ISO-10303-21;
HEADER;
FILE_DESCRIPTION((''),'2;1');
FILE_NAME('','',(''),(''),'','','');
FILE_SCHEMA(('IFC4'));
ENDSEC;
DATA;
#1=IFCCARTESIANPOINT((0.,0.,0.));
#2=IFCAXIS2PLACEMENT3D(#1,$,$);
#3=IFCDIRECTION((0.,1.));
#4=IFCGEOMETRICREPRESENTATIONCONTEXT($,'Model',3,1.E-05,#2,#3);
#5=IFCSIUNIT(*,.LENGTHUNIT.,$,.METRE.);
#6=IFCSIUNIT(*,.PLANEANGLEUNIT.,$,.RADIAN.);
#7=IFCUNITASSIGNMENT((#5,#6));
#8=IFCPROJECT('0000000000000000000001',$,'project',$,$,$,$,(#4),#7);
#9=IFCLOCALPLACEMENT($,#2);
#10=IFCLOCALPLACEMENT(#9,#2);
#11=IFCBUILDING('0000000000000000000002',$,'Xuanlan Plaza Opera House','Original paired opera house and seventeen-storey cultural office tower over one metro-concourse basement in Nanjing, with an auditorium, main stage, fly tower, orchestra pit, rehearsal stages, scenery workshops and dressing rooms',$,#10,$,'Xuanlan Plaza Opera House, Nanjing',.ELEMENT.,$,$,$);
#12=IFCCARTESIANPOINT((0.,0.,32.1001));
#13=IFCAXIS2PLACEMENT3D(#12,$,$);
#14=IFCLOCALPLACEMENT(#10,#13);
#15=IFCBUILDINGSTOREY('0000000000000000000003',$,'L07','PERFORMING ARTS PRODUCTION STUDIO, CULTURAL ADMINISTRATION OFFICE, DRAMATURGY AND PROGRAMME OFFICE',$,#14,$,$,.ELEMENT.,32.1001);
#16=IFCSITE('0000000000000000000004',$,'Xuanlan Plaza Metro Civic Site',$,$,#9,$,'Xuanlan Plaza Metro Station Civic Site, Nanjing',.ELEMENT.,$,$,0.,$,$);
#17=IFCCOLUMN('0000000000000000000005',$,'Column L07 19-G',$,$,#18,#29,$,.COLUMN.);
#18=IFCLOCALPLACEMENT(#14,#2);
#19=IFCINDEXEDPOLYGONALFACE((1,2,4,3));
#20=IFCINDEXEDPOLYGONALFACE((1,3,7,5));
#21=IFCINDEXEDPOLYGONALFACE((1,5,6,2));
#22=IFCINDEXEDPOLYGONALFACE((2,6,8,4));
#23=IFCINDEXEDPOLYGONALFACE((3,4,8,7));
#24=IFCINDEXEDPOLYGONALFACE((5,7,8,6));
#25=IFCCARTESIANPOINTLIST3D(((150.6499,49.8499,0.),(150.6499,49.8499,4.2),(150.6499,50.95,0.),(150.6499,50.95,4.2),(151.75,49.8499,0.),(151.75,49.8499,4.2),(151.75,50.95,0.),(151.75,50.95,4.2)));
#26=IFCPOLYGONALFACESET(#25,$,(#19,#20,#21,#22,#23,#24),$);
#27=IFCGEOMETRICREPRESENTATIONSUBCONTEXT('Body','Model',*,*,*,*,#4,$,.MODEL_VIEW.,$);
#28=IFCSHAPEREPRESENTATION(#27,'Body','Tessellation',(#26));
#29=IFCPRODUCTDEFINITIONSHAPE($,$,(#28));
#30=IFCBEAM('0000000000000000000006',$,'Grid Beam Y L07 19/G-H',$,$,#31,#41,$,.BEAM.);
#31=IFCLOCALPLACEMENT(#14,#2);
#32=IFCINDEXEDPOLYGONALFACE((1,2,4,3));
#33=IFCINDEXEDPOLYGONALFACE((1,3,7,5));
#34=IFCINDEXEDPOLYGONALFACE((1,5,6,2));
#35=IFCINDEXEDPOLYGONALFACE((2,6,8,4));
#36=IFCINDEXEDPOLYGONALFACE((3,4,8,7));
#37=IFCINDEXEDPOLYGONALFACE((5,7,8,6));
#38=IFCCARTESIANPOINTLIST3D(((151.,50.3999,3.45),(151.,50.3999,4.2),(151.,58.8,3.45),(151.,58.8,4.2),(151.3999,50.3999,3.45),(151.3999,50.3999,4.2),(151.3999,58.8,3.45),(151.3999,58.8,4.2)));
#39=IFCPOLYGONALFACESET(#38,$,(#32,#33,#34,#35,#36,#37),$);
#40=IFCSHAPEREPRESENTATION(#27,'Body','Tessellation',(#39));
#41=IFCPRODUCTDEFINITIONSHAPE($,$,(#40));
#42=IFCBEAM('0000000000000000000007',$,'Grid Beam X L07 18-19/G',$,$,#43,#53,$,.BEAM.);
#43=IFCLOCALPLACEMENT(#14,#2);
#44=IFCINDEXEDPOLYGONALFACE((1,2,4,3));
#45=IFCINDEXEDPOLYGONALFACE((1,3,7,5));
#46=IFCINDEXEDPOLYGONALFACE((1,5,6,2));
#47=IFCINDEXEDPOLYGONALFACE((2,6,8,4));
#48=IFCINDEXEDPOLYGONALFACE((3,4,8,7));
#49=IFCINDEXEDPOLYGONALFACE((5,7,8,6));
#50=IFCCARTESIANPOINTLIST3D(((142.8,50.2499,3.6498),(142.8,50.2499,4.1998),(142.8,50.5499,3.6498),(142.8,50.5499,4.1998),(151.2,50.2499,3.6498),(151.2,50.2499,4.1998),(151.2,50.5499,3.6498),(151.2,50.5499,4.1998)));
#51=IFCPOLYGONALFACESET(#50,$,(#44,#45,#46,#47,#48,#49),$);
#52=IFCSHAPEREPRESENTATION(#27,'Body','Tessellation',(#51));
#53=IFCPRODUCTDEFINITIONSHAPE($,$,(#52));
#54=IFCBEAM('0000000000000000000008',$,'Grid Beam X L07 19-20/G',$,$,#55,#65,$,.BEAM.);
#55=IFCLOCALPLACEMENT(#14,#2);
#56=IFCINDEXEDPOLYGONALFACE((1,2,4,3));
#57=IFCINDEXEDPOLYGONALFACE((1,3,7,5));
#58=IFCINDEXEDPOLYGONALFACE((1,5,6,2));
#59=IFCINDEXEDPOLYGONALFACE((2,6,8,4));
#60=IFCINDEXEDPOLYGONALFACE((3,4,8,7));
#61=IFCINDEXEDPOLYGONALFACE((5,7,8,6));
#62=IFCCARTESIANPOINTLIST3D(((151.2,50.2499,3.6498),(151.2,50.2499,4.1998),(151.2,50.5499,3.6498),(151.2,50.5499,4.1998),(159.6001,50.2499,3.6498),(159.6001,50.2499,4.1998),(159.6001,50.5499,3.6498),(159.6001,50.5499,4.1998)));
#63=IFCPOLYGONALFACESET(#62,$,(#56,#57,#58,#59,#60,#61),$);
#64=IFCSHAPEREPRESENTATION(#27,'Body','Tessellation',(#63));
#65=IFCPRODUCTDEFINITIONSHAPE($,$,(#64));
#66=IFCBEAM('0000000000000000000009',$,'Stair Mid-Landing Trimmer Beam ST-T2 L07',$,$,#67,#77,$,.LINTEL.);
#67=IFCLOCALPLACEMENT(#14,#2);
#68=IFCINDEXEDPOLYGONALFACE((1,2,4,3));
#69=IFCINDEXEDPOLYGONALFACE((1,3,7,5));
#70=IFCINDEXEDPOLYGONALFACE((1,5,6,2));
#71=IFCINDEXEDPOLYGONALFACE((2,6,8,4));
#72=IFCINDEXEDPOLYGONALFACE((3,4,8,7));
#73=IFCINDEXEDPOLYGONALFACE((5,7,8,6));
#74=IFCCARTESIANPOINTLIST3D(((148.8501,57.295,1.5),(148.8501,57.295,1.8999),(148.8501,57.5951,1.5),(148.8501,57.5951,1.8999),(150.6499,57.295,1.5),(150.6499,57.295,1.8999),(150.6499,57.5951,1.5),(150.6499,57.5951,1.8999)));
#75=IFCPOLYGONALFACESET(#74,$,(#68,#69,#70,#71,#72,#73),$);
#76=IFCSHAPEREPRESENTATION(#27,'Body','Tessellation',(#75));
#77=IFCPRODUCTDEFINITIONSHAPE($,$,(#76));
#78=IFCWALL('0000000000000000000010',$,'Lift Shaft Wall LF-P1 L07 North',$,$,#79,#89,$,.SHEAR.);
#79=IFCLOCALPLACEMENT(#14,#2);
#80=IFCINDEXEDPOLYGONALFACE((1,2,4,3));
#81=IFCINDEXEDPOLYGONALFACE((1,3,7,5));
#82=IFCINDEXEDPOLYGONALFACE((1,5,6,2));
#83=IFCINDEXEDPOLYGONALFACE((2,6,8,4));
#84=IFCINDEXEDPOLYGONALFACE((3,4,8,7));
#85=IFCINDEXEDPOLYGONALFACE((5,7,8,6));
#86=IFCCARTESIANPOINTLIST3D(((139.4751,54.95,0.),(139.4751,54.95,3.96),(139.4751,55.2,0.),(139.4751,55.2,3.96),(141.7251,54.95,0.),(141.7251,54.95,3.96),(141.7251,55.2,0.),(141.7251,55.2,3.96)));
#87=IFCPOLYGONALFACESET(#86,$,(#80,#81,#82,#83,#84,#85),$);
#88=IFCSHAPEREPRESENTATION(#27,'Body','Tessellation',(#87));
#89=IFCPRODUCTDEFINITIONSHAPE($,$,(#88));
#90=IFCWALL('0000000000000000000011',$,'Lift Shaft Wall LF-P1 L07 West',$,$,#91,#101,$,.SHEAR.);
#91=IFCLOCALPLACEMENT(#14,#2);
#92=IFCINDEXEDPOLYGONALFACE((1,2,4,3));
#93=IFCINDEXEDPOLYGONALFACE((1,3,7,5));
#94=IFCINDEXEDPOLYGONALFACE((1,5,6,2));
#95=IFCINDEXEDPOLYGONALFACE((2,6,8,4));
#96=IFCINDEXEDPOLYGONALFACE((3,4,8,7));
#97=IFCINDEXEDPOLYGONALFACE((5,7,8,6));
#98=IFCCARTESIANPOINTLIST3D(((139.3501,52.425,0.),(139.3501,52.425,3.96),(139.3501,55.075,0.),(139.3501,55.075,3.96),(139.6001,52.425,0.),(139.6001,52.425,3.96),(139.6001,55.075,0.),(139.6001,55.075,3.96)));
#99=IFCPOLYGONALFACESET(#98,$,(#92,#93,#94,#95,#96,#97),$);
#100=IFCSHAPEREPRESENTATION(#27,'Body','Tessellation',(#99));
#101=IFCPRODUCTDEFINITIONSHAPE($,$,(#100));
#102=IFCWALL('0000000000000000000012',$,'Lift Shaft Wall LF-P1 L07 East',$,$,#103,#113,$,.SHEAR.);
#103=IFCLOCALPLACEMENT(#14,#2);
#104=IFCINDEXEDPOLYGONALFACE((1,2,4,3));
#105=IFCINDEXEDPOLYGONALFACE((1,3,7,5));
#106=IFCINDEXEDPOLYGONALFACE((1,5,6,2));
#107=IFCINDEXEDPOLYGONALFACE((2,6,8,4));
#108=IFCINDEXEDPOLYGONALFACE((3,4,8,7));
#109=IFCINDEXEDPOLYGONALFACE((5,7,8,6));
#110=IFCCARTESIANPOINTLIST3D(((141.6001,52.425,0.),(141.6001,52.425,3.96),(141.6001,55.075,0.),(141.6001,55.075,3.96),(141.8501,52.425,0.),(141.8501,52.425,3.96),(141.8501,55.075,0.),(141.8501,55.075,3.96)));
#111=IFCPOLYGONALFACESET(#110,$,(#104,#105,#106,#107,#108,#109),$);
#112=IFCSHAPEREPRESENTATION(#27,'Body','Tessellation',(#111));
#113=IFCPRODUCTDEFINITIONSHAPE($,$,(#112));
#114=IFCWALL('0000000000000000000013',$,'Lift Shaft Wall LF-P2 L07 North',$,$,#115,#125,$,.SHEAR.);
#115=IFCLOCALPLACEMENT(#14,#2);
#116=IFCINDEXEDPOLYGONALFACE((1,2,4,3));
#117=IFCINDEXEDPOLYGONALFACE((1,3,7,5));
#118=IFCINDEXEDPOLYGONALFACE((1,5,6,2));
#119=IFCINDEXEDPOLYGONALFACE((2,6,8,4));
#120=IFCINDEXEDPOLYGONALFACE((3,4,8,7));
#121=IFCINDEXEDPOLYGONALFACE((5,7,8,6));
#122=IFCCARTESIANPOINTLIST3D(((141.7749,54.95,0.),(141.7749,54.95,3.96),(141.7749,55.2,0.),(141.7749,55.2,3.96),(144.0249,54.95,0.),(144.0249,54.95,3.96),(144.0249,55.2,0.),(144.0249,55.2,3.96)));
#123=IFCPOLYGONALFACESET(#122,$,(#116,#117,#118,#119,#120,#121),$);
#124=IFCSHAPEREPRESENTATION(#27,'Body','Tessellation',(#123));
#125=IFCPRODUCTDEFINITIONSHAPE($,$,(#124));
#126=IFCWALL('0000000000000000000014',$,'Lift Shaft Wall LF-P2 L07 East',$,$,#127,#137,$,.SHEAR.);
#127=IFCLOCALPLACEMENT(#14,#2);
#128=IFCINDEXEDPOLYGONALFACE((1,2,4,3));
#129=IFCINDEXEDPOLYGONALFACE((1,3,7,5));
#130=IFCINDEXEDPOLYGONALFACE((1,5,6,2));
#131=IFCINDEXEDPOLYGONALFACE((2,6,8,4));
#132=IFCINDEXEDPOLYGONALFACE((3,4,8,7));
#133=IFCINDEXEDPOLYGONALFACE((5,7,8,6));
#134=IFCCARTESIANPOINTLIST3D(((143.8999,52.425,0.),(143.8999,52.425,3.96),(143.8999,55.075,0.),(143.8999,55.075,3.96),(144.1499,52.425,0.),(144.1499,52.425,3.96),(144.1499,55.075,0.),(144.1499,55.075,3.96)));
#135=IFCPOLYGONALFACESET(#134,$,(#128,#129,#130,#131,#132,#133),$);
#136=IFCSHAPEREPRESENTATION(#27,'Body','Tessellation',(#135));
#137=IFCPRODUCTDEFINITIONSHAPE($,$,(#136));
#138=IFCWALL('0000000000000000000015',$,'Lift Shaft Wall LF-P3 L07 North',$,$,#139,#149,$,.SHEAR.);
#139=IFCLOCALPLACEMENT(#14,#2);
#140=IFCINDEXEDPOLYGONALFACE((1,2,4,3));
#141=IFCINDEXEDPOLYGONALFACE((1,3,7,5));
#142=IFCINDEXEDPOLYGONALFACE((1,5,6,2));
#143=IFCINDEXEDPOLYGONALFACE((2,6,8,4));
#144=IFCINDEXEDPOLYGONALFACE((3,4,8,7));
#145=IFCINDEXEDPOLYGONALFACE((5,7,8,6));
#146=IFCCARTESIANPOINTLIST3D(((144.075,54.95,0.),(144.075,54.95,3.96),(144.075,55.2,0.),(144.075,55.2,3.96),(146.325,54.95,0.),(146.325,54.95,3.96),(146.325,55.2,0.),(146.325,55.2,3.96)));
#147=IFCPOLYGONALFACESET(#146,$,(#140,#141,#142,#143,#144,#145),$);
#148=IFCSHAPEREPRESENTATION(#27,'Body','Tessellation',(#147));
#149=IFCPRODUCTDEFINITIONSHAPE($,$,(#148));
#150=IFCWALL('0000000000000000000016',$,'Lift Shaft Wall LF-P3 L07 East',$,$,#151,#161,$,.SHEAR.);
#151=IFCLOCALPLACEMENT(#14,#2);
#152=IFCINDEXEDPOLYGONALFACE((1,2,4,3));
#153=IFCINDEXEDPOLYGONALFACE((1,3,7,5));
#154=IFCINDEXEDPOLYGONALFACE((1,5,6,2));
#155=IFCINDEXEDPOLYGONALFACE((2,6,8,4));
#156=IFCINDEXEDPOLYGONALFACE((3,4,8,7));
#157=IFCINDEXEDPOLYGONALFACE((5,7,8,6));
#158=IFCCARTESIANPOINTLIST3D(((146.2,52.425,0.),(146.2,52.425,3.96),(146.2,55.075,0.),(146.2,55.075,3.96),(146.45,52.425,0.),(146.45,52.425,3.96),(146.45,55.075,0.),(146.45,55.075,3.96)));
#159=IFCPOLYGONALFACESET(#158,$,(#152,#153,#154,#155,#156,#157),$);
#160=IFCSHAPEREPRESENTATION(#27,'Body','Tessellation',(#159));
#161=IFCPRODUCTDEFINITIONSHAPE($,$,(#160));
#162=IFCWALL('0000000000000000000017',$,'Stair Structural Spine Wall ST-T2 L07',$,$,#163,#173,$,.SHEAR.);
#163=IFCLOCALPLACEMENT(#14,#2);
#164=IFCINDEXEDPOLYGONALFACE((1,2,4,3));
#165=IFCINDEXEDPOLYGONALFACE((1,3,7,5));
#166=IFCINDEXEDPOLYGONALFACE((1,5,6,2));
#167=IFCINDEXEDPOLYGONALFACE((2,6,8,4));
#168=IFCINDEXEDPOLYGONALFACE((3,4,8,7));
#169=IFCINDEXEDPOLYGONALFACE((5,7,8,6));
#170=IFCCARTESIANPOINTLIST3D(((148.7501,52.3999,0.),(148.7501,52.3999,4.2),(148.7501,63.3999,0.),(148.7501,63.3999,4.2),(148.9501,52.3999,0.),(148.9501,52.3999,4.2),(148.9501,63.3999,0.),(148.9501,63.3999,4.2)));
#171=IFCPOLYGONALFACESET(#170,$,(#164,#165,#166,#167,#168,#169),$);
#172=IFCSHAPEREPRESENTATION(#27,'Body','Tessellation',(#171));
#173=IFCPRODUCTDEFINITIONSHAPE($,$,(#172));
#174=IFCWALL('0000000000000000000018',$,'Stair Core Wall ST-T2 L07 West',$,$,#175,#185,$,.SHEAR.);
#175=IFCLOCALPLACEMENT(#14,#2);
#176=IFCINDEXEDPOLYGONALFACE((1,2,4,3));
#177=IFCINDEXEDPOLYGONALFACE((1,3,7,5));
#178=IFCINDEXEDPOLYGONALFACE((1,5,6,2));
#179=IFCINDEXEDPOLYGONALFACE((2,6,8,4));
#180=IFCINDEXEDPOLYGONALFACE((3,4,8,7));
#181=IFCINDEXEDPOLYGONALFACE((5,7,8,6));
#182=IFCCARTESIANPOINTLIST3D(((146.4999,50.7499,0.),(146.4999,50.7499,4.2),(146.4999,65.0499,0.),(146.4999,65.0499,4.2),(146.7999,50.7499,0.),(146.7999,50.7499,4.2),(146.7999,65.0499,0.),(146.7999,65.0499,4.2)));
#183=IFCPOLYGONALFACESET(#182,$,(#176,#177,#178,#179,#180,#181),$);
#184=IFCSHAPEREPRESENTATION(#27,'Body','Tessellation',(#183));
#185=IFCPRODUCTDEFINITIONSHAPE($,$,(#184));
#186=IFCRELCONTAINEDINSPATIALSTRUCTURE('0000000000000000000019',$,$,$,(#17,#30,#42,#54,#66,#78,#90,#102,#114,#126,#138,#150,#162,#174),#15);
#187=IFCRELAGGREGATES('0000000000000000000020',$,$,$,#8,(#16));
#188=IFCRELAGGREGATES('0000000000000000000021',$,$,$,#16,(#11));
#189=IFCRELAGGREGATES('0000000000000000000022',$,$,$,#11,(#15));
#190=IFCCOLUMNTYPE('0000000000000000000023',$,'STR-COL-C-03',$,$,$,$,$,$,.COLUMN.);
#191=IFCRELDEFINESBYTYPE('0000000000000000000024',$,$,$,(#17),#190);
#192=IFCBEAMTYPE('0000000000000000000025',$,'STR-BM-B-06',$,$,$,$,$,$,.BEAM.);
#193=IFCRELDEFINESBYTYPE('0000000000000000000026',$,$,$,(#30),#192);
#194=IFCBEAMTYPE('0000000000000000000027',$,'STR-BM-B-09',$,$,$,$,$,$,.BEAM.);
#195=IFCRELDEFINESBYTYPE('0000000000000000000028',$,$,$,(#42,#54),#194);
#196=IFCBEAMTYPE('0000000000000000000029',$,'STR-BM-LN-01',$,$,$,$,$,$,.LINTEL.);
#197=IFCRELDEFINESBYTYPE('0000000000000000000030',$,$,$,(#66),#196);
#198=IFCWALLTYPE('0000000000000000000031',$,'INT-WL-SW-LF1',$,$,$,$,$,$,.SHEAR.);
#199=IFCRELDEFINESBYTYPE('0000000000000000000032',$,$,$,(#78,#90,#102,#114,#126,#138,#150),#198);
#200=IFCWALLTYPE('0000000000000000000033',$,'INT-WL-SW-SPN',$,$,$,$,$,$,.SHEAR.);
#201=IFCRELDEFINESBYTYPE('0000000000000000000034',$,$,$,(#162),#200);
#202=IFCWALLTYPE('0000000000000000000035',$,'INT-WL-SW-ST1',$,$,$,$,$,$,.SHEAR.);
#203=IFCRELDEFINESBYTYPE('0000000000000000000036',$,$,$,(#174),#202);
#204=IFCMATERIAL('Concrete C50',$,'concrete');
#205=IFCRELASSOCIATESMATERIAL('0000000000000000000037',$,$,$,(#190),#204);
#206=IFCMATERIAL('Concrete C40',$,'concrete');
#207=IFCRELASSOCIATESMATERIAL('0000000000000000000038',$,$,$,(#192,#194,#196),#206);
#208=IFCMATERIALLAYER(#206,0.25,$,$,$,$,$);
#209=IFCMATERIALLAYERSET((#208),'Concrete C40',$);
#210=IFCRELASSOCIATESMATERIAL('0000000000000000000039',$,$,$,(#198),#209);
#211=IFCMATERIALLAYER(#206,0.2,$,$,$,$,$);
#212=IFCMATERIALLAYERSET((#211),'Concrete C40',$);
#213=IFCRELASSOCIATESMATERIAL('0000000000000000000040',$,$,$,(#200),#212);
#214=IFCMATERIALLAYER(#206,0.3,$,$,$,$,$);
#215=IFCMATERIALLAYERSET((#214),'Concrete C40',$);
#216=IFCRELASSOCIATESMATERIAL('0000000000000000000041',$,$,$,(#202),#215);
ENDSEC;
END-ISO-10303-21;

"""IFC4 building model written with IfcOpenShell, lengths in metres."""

from ifc_helpers import new_model, si_unit, direction, frame, frame_2d, origin, origin_2d, place, context, subcontext, project, spatial, rectangle, extrude, material, layer, layer_set, material_profile, profile_set, type_object, element, save


model = new_model("IFC4")

# Units and contexts
model_context = context("Model", 3, precision=1e-05, world=origin(), true_north=direction((0.0, 1.0)))
body_context = subcontext(model_context, "Body", "Model", "MODEL_VIEW")
ifc_project = project(units=[si_unit("LENGTHUNIT", "METRE"), si_unit("PLANEANGLEUNIT", "RADIAN")], contexts=[model_context])

# Site, building, storey
site_placement = place(None, origin())
site = spatial("IfcSite", under=ifc_project, at=site_placement, Name="Xuanlan Plaza Metro Civic Site", LongName="Xuanlan Plaza Metro Station Civic Site, Nanjing", CompositionType="ELEMENT", RefElevation=0.0)
building_placement = place(site_placement, origin())
building = spatial("IfcBuilding", under=site, at=building_placement, Name="Xuanlan Plaza Opera House", Description="Original paired opera house and seventeen-storey cultural office tower over one metro-concourse basement in Nanjing, with an auditorium, main stage, fly tower, orchestra pit, rehearsal stages, scenery workshops and dressing rooms", LongName="Xuanlan Plaza Opera House, Nanjing", CompositionType="ELEMENT")
storey_placement = place(building_placement, frame((0.0, 0.0, 32.1001)))
storey = spatial("IfcBuildingStorey", under=building, at=storey_placement, Name="L07", Description="PERFORMING ARTS PRODUCTION STUDIO, CULTURAL ADMINISTRATION OFFICE, DRAMATURGY AND PROGRAMME OFFICE", CompositionType="ELEMENT", Elevation=32.1001)

# Column
ifc_material_1 = material(Name="Concrete C50", Category="concrete")
ifc_material_profile_1 = material_profile(ifc_material_1, rectangle(XDim=1.1001, YDim=1.1001, at=origin_2d()), Name="RC-COL 1100x1100")
ifc_profile_set_1 = profile_set([ifc_material_profile_1], Name="Concrete C50")
column_type = type_object("IfcColumnType", Name="STR-COL-C-03", PredefinedType="COLUMN", material=ifc_profile_set_1)
column_placement = place(storey_placement, frame((151.2, 50.3999, 0.0), z_axis=(0.0, 0.0, 1.0), x_axis=(1.0, 0.0, 0.0)))
element("IfcColumn", 1, at=column_placement, inside=storey, type_object=column_type, Name="Column L07 19-G", PredefinedType="COLUMN", context=body_context, shape_type="SweptSolid", body=[
    extrude(rectangle(XDim=1.1001, YDim=1.1001, at=origin_2d()), origin(), (0.0, 0.0, 1.0), 4.2),
])

# Beams
ifc_material_2 = material(Name="Concrete C40", Category="concrete")
ifc_material_profile_2 = material_profile(ifc_material_2, rectangle(XDim=0.3999, YDim=0.75, at=origin_2d()), Name="RC-BM 400x750")
ifc_profile_set_2 = profile_set([ifc_material_profile_2], Name="Concrete C40")
beam_type_1 = type_object("IfcBeamType", Name="STR-BM-B-06", PredefinedType="BEAM", material=ifc_profile_set_2)
beam_1_placement = place(storey_placement, frame((151.2, 50.3999, 3.825), z_axis=(0.0, 1.0, 0.0), x_axis=(-1.0, 0.0, 0.0)))
element("IfcBeam", 2, at=beam_1_placement, inside=storey, type_object=beam_type_1, Name="Grid Beam Y L07 19/G-H", PredefinedType="BEAM", context=body_context, shape_type="SweptSolid", body=[
    extrude(rectangle(XDim=0.3999, YDim=0.75, at=origin_2d()), origin(), (0.0, 0.0, 1.0), 8.4001),
])
ifc_material_profile_3 = material_profile(ifc_material_2, rectangle(XDim=0.3, YDim=0.55, at=origin_2d()), Name="RC-BM 300x550")
ifc_profile_set_3 = profile_set([ifc_material_profile_3], Name="Concrete C40")
beam_type_2 = type_object("IfcBeamType", Name="STR-BM-B-09", PredefinedType="BEAM", material=ifc_profile_set_3)
beam_2_placement = place(storey_placement, frame((142.8, 50.3999, 3.9248), z_axis=(1.0, 0.0, 0.0), x_axis=(0.0, 1.0, 0.0)))
element("IfcBeam", 3, at=beam_2_placement, inside=storey, type_object=beam_type_2, Name="Grid Beam X L07 18-19/G", PredefinedType="BEAM", context=body_context, shape_type="SweptSolid", body=[
    extrude(rectangle(XDim=0.3, YDim=0.55, at=origin_2d()), origin(), (0.0, 0.0, 1.0), 8.3999),
])
beam_3_placement = place(storey_placement, frame((151.2, 50.3999, 3.9248), z_axis=(1.0, 0.0, 0.0), x_axis=(0.0, 1.0, 0.0)))
element("IfcBeam", 4, at=beam_3_placement, inside=storey, type_object=beam_type_2, Name="Grid Beam X L07 19-20/G", PredefinedType="BEAM", context=body_context, shape_type="SweptSolid", body=[
    extrude(rectangle(XDim=0.3, YDim=0.55, at=origin_2d()), origin(), (0.0, 0.0, 1.0), 8.4001),
])
ifc_material_profile_4 = material_profile(ifc_material_2, rectangle(XDim=0.3, YDim=0.3999, at=origin_2d()), Name="RC-LNT 300x400")
ifc_profile_set_4 = profile_set([ifc_material_profile_4], Name="Concrete C40")
beam_type_3 = type_object("IfcBeamType", Name="STR-BM-LN-01", PredefinedType="LINTEL", material=ifc_profile_set_4)
beam_4_placement = place(storey_placement, frame((148.8501, 57.4451, 1.7), z_axis=(1.0, 0.0, 0.0), x_axis=(0.0, 1.0, 0.0)))
element("IfcBeam", 5, at=beam_4_placement, inside=storey, type_object=beam_type_3, Name="Stair Mid-Landing Trimmer Beam ST-T2 L07", PredefinedType="LINTEL", context=body_context, shape_type="SweptSolid", body=[
    extrude(rectangle(XDim=0.3, YDim=0.3999, at=origin_2d()), origin(), (0.0, 0.0, 1.0), 1.7998),
])

# Walls
ifc_layer_1 = layer(ifc_material_2, 0.25)
ifc_layer_set_1 = layer_set([ifc_layer_1], Name="Concrete C40")
wall_type_1 = type_object("IfcWallType", Name="INT-WL-SW-LF1", PredefinedType="SHEAR", material=ifc_layer_set_1)
wall_1_placement = place(storey_placement, frame((139.4751, 55.075, 0.0), z_axis=(0.0, 0.0, 1.0), x_axis=(1.0, 0.0, 0.0)))
element("IfcWall", 6, at=wall_1_placement, inside=storey, type_object=wall_type_1, Name="Lift Shaft Wall LF-P1 L07 North", PredefinedType="SHEAR", context=body_context, shape_type="SweptSolid", body=[
    extrude(rectangle(XDim=2.25, YDim=0.25, at=frame_2d((1.125, 0.0))), origin(), (0.0, 0.0, 1.0), 3.96),
])
for number, where, z_axis, x_axis, name in (
    (7, (139.4751, 52.425, 0.0), (0.0, 0.0, 1.0), (0.0, 1.0, 0.0), "Lift Shaft Wall LF-P1 L07 West"),
    (8, (141.7251, 52.425, 0.0), (0.0, 0.0, 1.0), (0.0, 1.0, 0.0), "Lift Shaft Wall LF-P1 L07 East"),
):
    element("IfcWall", number, at=place(storey_placement, frame(where, z_axis=z_axis, x_axis=x_axis)), inside=storey, type_object=wall_type_1, Name=name, PredefinedType="SHEAR", context=body_context, shape_type="SweptSolid", body=[
        extrude(rectangle(XDim=2.6499, YDim=0.25, at=frame_2d((1.325, 0.0))), origin(), (0.0, 0.0, 1.0), 3.96),
    ])

# Walls
wall_2_placement = place(storey_placement, frame((141.7749, 55.075, 0.0), z_axis=(0.0, 0.0, 1.0), x_axis=(1.0, 0.0, 0.0)))
element("IfcWall", 9, at=wall_2_placement, inside=storey, type_object=wall_type_1, Name="Lift Shaft Wall LF-P2 L07 North", PredefinedType="SHEAR", context=body_context, shape_type="SweptSolid", body=[
    extrude(rectangle(XDim=2.25, YDim=0.25, at=frame_2d((1.125, 0.0))), origin(), (0.0, 0.0, 1.0), 3.96),
])
wall_3_placement = place(storey_placement, frame((144.0249, 52.425, 0.0), z_axis=(0.0, 0.0, 1.0), x_axis=(0.0, 1.0, 0.0)))
element("IfcWall", 10, at=wall_3_placement, inside=storey, type_object=wall_type_1, Name="Lift Shaft Wall LF-P2 L07 East", PredefinedType="SHEAR", context=body_context, shape_type="SweptSolid", body=[
    extrude(rectangle(XDim=2.6499, YDim=0.25, at=frame_2d((1.325, 0.0))), origin(), (0.0, 0.0, 1.0), 3.96),
])

# Walls
wall_4_placement = place(storey_placement, frame((144.075, 55.075, 0.0), z_axis=(0.0, 0.0, 1.0), x_axis=(1.0, 0.0, 0.0)))
element("IfcWall", 11, at=wall_4_placement, inside=storey, type_object=wall_type_1, Name="Lift Shaft Wall LF-P3 L07 North", PredefinedType="SHEAR", context=body_context, shape_type="SweptSolid", body=[
    extrude(rectangle(XDim=2.25, YDim=0.25, at=frame_2d((1.125, 0.0))), origin(), (0.0, 0.0, 1.0), 3.96),
])
wall_5_placement = place(storey_placement, frame((146.325, 52.425, 0.0), z_axis=(0.0, 0.0, 1.0), x_axis=(0.0, 1.0, 0.0)))
element("IfcWall", 12, at=wall_5_placement, inside=storey, type_object=wall_type_1, Name="Lift Shaft Wall LF-P3 L07 East", PredefinedType="SHEAR", context=body_context, shape_type="SweptSolid", body=[
    extrude(rectangle(XDim=2.6499, YDim=0.25, at=frame_2d((1.325, 0.0))), origin(), (0.0, 0.0, 1.0), 3.96),
])
ifc_layer_2 = layer(ifc_material_2, 0.2)
ifc_layer_set_2 = layer_set([ifc_layer_2], Name="Concrete C40")
wall_type_2 = type_object("IfcWallType", Name="INT-WL-SW-SPN", PredefinedType="SHEAR", material=ifc_layer_set_2)
wall_6_placement = place(storey_placement, frame((148.8501, 52.3999, 0.0), z_axis=(0.0, 0.0, 1.0), x_axis=(0.0, 1.0, 0.0)))
element("IfcWall", 13, at=wall_6_placement, inside=storey, type_object=wall_type_2, Name="Stair Structural Spine Wall ST-T2 L07", PredefinedType="SHEAR", context=body_context, shape_type="SweptSolid", body=[
    extrude(rectangle(XDim=11.0, YDim=0.2, at=frame_2d((5.5, 0.0))), origin(), (0.0, 0.0, 1.0), 4.2),
])

# Shared definitions
ifc_layer_3 = layer(ifc_material_2, 0.3)
ifc_layer_set_3 = layer_set([ifc_layer_3], Name="Concrete C40")
wall_type_3 = type_object("IfcWallType", Name="INT-WL-SW-ST1", PredefinedType="SHEAR", material=ifc_layer_set_3)

# Wall
for number, where, z_axis, x_axis, name in (
    (14, (146.6499, 50.75, 0.0), (0.0, 0.0, 1.0), (0.0, 1.0, 0.0), "Stair Core Wall ST-T2 L07 West"),
):
    element("IfcWall", number, at=place(storey_placement, frame(where, z_axis=z_axis, x_axis=x_axis)), inside=storey, type_object=wall_type_3, Name=name, PredefinedType="SHEAR", context=body_context, shape_type="SweptSolid", body=[
        extrude(rectangle(XDim=14.3, YDim=0.3, at=frame_2d((7.1499, 0.0))), origin(), (0.0, 0.0, 1.0), 4.2),
    ])

save(model, "model.ifc")
